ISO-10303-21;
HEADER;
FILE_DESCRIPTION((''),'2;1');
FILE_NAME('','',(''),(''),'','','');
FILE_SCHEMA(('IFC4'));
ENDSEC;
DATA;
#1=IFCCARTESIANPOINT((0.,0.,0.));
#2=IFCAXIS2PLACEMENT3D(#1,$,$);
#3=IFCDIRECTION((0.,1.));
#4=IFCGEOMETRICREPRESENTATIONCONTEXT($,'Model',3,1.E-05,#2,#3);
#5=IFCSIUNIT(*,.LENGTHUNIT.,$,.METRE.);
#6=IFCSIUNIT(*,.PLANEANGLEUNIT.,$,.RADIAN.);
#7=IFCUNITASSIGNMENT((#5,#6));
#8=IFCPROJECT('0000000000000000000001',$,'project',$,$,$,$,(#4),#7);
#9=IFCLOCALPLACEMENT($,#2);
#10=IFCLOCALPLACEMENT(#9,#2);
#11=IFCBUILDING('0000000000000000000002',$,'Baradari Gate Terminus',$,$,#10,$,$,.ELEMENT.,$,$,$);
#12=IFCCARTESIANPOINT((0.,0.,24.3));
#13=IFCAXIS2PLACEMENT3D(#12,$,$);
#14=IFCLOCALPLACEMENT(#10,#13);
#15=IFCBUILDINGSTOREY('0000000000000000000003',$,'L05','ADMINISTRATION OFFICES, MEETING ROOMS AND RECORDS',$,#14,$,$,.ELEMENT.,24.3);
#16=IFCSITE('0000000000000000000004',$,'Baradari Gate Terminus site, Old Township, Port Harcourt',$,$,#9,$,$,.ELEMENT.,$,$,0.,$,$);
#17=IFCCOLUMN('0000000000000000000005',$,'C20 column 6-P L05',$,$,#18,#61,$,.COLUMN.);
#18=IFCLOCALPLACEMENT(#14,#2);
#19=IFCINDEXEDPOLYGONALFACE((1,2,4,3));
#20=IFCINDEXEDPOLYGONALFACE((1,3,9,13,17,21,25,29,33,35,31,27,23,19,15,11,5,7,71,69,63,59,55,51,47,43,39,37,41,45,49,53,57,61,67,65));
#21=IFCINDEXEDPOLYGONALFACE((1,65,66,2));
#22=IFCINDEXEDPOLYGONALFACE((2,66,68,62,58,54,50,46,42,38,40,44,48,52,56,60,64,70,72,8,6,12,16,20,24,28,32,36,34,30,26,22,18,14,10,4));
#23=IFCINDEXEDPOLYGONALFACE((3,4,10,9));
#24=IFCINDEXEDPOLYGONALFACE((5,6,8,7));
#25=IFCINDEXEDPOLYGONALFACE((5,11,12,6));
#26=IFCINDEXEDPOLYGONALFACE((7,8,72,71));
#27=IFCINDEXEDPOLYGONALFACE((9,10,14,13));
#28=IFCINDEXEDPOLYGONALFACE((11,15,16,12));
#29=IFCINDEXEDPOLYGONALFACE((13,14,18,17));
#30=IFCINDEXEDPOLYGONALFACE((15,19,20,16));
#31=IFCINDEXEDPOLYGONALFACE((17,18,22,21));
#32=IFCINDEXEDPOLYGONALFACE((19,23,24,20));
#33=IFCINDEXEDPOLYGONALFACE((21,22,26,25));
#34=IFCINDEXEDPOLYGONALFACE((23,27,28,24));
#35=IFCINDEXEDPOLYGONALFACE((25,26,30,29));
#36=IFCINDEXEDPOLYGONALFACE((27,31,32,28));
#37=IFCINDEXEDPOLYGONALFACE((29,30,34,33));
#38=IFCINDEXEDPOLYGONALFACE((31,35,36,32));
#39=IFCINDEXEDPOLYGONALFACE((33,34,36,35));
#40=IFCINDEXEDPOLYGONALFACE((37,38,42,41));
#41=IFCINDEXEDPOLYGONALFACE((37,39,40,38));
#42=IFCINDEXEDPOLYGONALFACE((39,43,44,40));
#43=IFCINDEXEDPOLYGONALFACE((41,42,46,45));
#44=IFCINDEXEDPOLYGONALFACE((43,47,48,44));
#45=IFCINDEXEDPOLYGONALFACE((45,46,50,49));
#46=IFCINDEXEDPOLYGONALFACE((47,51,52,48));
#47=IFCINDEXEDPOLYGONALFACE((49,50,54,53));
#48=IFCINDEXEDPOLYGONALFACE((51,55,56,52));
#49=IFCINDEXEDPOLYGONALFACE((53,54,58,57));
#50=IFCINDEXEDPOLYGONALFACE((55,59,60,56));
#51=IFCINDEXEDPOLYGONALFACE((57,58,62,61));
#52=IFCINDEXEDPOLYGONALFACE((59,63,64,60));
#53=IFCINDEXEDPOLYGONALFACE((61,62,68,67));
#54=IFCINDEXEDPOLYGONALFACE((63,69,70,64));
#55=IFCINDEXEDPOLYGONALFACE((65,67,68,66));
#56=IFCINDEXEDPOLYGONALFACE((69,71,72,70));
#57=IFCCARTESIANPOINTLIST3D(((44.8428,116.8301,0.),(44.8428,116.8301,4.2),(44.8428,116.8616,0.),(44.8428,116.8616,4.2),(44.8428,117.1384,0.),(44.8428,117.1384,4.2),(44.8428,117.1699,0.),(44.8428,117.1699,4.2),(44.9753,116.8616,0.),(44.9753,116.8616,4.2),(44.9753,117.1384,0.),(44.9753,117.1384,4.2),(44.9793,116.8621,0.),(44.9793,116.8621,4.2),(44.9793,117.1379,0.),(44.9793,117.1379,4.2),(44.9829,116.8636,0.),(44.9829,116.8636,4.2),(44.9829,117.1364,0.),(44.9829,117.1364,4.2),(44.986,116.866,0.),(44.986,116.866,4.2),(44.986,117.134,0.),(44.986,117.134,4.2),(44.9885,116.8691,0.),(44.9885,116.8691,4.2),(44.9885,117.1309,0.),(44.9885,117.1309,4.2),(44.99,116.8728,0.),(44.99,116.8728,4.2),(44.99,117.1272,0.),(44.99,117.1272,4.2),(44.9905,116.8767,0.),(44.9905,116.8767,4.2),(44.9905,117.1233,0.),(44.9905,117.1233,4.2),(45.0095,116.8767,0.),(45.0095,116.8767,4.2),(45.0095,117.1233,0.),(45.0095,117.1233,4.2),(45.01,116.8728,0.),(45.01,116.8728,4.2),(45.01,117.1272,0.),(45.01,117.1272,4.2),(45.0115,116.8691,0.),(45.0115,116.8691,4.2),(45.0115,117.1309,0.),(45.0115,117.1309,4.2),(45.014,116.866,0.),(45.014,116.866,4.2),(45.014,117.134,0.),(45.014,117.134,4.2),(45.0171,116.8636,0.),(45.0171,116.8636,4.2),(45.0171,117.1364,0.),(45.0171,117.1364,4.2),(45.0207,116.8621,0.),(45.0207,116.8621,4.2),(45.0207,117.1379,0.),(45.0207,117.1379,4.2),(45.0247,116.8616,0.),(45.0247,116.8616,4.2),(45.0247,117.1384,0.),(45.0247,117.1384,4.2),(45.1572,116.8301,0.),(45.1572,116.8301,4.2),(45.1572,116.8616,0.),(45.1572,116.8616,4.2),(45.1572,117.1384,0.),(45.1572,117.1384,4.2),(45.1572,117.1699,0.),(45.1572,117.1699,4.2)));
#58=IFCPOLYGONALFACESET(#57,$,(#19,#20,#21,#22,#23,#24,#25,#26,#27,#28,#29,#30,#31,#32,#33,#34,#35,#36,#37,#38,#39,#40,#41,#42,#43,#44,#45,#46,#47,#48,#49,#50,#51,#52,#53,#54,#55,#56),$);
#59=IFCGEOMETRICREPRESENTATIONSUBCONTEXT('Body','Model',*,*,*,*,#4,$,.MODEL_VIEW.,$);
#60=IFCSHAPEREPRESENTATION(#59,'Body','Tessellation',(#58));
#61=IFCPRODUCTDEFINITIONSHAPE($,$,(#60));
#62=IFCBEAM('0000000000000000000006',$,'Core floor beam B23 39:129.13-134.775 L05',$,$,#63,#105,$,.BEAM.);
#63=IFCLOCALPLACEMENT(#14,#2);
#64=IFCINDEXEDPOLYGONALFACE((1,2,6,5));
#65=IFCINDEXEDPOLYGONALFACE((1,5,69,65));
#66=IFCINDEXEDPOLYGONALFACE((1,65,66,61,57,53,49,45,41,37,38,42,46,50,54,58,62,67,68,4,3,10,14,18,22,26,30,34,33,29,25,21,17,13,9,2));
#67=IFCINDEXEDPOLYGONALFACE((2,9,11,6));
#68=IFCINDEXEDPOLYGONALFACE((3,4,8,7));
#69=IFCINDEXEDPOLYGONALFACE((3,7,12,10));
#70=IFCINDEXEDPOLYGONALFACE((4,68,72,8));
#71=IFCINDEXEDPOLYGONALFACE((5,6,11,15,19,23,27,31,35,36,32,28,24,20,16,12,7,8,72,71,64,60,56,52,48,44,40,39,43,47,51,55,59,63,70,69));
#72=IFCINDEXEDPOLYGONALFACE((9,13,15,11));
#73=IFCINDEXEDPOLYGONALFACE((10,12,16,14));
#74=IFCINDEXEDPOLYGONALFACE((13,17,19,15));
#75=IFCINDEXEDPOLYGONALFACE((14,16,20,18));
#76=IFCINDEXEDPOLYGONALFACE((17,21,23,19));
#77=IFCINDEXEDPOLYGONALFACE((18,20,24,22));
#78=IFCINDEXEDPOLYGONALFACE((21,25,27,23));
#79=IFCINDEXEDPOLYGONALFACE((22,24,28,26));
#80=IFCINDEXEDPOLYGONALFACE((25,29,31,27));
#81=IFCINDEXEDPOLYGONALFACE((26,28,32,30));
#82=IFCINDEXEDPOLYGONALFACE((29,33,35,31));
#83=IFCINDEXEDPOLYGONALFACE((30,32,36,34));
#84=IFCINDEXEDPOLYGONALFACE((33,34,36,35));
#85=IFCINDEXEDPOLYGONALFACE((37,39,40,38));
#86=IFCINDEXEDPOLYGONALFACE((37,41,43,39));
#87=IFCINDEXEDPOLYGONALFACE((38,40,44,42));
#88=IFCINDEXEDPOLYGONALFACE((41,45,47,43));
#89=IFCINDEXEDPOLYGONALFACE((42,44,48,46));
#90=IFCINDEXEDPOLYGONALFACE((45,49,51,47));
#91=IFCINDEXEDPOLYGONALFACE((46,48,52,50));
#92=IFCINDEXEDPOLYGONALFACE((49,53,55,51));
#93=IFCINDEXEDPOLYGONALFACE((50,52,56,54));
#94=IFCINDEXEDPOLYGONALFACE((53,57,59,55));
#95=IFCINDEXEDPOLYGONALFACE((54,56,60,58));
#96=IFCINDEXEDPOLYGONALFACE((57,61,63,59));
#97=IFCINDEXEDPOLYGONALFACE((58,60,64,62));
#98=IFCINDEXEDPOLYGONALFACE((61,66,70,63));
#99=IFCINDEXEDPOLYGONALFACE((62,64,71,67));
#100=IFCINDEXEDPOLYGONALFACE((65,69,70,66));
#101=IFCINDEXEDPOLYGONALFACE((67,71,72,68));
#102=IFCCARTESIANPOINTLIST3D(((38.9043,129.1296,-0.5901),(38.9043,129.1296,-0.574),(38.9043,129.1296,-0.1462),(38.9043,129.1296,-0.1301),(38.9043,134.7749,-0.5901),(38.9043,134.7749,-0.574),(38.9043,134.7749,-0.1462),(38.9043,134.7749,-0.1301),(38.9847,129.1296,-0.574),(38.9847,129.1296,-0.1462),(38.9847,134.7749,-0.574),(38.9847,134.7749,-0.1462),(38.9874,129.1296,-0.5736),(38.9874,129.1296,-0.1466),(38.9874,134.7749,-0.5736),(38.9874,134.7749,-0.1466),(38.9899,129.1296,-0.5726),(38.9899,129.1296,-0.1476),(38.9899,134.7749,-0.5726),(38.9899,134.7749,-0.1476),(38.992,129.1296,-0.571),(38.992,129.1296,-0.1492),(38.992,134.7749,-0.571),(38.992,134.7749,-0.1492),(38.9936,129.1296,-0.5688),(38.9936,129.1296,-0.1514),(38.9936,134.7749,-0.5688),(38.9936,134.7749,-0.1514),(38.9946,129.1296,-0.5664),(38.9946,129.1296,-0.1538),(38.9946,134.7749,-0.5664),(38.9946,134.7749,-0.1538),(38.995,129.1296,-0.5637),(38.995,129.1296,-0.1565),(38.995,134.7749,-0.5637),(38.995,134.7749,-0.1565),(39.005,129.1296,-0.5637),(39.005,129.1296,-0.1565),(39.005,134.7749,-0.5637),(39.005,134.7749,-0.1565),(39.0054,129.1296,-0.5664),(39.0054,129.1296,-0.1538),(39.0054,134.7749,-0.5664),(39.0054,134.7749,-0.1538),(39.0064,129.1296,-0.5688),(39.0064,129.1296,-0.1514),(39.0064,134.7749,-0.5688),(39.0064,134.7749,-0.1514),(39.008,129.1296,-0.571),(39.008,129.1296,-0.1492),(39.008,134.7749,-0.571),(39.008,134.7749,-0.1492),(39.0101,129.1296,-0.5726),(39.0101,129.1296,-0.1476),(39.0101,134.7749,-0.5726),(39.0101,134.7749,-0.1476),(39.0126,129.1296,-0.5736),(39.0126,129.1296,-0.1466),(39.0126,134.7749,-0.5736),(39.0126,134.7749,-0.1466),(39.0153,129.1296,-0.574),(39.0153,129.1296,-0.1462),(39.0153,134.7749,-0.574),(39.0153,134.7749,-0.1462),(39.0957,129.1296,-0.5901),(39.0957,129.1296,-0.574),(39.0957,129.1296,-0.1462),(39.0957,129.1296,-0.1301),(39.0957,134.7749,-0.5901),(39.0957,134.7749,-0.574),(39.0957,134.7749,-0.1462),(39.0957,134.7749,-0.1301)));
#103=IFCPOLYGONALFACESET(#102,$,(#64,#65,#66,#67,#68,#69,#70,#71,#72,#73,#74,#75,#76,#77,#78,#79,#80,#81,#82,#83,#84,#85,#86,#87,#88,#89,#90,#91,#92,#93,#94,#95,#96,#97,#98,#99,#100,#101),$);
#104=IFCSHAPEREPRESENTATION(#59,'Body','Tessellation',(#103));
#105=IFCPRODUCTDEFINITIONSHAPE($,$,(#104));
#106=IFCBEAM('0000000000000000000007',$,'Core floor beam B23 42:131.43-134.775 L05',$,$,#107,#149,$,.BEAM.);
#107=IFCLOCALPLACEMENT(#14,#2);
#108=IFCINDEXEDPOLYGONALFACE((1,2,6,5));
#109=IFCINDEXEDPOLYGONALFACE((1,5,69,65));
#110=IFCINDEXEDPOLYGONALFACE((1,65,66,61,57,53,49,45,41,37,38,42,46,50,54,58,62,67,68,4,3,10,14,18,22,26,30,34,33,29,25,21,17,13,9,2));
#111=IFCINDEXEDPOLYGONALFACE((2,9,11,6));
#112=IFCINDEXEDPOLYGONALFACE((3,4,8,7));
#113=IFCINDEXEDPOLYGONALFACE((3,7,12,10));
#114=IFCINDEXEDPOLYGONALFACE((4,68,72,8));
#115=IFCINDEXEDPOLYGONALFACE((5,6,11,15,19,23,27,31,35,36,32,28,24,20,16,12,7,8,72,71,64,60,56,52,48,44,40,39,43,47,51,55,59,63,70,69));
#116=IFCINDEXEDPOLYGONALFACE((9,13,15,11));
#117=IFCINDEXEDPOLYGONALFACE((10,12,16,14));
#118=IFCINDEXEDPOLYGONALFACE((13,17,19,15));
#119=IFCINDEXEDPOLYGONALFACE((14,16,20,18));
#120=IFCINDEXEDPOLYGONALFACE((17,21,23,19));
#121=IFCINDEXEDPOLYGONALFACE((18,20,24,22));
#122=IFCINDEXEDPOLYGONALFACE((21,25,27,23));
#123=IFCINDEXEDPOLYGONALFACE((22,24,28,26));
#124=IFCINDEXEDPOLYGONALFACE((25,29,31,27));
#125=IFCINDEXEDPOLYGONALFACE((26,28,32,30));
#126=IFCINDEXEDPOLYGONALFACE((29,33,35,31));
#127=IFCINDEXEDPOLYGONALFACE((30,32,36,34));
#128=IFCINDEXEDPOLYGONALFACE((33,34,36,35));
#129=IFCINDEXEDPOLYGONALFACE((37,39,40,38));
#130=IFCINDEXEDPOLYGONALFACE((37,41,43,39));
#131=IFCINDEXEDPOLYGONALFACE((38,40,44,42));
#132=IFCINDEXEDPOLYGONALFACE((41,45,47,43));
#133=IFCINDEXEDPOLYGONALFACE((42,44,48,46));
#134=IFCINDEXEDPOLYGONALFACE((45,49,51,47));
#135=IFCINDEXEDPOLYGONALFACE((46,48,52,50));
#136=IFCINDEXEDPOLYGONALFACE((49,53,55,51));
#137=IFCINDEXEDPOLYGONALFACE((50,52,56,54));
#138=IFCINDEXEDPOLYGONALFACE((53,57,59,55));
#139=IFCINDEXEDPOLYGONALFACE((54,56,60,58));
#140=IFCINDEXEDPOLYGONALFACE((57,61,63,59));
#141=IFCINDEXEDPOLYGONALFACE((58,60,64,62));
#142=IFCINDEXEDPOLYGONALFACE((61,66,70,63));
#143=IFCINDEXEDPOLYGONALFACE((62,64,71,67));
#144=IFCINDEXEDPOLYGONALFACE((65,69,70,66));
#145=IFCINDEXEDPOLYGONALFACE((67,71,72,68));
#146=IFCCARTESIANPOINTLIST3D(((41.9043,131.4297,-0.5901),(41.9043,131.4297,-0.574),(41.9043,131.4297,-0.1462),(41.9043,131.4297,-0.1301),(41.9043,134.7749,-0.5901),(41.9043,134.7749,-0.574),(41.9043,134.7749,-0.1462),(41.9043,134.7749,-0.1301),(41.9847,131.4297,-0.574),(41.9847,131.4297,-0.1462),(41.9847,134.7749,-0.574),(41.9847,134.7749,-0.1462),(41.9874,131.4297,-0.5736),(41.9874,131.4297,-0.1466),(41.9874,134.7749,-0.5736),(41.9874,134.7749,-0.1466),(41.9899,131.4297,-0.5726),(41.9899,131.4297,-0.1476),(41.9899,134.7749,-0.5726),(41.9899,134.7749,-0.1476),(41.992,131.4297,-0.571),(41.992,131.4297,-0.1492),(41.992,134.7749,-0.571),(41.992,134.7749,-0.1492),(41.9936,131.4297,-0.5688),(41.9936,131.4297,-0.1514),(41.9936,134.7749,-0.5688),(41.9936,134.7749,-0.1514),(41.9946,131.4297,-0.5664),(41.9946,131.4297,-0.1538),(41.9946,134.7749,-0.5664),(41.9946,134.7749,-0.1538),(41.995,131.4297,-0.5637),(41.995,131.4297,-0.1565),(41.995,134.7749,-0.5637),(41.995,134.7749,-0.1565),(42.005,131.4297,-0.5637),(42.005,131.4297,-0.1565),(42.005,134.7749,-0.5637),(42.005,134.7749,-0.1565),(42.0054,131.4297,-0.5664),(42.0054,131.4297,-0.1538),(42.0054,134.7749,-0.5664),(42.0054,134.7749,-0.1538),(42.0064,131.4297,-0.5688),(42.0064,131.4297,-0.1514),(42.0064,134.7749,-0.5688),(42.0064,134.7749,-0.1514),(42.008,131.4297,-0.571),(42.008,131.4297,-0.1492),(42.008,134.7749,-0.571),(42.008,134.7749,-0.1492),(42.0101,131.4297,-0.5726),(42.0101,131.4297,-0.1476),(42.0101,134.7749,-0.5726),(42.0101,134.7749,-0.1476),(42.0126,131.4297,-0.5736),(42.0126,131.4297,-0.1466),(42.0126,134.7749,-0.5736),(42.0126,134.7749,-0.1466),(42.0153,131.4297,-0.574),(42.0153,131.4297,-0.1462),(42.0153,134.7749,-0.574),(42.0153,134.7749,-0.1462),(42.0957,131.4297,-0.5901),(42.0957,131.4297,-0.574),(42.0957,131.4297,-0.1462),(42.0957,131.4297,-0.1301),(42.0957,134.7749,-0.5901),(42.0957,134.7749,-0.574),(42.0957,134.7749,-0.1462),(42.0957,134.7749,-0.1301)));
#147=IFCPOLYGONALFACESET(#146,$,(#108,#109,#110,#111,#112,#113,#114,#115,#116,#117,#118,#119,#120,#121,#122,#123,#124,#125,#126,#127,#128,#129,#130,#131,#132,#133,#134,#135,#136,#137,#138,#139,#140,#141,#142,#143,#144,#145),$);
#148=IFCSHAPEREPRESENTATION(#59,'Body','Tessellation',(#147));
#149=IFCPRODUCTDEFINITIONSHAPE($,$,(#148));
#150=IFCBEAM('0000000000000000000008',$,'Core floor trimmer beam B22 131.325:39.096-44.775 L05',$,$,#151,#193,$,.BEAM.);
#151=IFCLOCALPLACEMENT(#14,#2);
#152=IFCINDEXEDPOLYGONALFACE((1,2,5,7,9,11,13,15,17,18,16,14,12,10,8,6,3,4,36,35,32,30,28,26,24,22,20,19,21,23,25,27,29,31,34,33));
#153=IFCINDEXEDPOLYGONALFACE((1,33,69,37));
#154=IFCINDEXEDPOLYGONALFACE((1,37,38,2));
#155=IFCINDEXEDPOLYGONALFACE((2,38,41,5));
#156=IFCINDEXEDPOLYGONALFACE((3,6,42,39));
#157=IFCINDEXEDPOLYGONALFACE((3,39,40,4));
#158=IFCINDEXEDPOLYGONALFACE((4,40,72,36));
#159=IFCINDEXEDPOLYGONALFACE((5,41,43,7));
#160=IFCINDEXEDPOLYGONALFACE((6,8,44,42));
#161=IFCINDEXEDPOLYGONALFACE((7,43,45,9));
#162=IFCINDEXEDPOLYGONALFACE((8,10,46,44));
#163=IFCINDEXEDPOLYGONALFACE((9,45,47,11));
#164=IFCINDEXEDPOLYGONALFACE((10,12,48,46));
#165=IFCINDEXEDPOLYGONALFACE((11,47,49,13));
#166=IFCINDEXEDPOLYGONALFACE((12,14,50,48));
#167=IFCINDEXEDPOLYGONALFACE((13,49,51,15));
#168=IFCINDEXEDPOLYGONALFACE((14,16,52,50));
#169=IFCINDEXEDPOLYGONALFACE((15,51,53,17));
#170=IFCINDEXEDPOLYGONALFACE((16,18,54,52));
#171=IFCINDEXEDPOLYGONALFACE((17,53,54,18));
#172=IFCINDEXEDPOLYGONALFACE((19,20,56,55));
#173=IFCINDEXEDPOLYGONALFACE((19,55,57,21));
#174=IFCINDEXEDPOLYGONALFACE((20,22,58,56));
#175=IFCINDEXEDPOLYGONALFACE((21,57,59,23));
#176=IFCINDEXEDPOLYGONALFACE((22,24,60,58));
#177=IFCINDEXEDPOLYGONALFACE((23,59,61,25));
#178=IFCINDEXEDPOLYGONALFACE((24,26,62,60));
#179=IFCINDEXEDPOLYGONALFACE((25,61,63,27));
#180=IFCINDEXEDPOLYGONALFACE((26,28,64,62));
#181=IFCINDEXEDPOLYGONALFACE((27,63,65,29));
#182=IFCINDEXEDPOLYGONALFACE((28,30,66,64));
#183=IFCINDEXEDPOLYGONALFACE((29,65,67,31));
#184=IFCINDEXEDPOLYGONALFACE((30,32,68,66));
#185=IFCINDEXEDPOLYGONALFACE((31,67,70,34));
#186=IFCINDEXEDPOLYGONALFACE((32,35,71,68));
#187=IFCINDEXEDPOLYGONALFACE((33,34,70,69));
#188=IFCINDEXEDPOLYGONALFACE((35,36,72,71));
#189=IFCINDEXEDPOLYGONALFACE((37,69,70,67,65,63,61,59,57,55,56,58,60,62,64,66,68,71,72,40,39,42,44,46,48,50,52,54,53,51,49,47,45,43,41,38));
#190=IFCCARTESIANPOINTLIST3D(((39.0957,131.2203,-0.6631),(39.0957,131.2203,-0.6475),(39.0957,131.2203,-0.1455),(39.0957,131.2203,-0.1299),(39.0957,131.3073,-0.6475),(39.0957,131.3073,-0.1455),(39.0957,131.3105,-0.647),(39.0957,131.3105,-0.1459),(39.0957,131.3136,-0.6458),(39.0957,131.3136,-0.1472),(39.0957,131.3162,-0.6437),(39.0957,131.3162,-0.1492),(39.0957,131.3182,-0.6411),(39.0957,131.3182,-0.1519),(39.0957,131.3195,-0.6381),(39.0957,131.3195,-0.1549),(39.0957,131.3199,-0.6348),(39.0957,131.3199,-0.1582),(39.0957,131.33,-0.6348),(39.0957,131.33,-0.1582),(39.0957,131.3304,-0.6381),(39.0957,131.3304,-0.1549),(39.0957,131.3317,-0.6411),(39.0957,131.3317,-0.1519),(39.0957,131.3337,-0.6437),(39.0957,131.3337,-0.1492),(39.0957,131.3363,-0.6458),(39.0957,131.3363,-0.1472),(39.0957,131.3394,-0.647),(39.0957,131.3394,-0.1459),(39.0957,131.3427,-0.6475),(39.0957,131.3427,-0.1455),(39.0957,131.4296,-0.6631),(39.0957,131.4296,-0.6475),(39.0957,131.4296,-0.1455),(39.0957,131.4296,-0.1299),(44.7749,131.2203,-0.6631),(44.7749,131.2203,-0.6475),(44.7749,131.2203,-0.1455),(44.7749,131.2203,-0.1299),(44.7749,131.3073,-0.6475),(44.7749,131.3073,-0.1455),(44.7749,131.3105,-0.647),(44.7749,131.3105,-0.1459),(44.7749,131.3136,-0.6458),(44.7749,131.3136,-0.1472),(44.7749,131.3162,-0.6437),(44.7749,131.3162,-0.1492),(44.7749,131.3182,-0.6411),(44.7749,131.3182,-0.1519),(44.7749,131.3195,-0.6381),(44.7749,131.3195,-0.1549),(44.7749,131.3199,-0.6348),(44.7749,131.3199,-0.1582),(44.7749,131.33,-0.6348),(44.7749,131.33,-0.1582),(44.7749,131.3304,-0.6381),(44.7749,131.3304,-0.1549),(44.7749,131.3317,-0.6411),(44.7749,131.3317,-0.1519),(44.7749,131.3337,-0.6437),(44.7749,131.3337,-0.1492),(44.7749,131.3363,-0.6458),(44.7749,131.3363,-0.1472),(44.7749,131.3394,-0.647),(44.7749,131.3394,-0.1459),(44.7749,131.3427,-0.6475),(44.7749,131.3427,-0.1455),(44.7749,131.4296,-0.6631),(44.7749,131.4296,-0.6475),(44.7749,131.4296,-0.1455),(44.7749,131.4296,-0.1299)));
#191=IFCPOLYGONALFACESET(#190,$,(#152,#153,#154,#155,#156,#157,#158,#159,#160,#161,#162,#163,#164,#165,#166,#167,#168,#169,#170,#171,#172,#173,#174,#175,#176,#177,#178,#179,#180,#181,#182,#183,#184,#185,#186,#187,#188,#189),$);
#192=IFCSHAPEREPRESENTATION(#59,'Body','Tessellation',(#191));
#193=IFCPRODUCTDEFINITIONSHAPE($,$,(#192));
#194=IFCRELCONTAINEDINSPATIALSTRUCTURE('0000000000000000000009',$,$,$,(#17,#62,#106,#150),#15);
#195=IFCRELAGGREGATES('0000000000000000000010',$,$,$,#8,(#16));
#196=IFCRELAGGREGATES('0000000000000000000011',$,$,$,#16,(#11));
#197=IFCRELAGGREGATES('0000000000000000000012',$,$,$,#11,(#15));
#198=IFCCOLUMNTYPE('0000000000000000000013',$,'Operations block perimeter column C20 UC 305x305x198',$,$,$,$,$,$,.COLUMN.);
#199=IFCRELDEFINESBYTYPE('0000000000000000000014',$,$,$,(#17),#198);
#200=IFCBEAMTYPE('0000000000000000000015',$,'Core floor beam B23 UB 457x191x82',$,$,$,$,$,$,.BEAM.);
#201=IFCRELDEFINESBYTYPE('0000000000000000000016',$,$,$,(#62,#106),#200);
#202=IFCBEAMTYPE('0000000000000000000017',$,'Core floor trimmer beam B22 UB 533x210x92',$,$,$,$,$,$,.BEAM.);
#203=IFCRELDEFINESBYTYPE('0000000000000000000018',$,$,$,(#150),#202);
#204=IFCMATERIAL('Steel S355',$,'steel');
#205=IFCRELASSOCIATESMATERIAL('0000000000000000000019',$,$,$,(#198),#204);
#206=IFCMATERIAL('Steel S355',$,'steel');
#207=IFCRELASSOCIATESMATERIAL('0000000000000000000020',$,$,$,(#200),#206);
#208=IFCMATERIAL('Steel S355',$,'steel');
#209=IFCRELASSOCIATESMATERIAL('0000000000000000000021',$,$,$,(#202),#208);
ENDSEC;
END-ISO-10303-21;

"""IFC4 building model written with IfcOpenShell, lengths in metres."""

from ifc_helpers import new_model, si_unit, direction, frame, origin, origin_2d, place, context, subcontext, project, spatial, i_section, extrude, material, material_profile, profile_set, type_object, element, save


model = new_model("IFC4")

# Units and contexts
model_context = context("Model", 3, precision=1e-05, world=origin(), true_north=direction((0.0, 1.0)))
body_context = subcontext(model_context, "Body", "Model", "MODEL_VIEW")
ifc_project = project(units=[si_unit("LENGTHUNIT", "METRE"), si_unit("PLANEANGLEUNIT", "RADIAN")], contexts=[model_context])

# Site, building, storey
site_placement = place(None, origin())
site = spatial("IfcSite", under=ifc_project, at=site_placement, Name="Baradari Gate Terminus site, Old Township, Port Harcourt", CompositionType="ELEMENT", RefElevation=0.0)
building_placement = place(site_placement, origin())
building = spatial("IfcBuilding", under=site, at=building_placement, Name="Baradari Gate Terminus", CompositionType="ELEMENT")
storey_placement = place(building_placement, frame((0.0, 0.0, 24.3)))
storey = spatial("IfcBuildingStorey", under=building, at=storey_placement, Name="L05", Description="ADMINISTRATION OFFICES, MEETING ROOMS AND RECORDS", CompositionType="ELEMENT", Elevation=24.3)

# Column
ifc_material_1 = material(Name="Steel S355", Category="steel")
ifc_material_profile_1 = material_profile(ifc_material_1, i_section(OverallWidth=0.3145, OverallDepth=0.3398, WebThickness=0.019, FlangeThickness=0.0315, FilletRadius=0.0151, at=origin_2d()), Name="UC 305x305x198")
ifc_profile_set_1 = profile_set([ifc_material_profile_1], Name="Steel S355")
column_type = type_object("IfcColumnType", Name="Operations block perimeter column C20 UC 305x305x198", PredefinedType="COLUMN", material=ifc_profile_set_1)
column_placement = place(storey_placement, frame((45.0, 117.0, 0.0), z_axis=(0.0, 0.0, 1.0), x_axis=(1.0, 0.0, 0.0)))
element("IfcColumn", 1, at=column_placement, inside=storey, type_object=column_type, Name="C20 column 6-P L05", PredefinedType="COLUMN", context=body_context, shape_type="SweptSolid", body=[
    extrude(i_section(OverallWidth=0.3145, OverallDepth=0.3398, WebThickness=0.019, FlangeThickness=0.0315, FilletRadius=0.0151, at=origin_2d()), origin(), (0.0, 0.0, 1.0), 4.2),
])

# Beams
ifc_material_2 = material(Name="Steel S355", Category="steel")
ifc_material_profile_2 = material_profile(ifc_material_2, i_section(OverallWidth=0.1914, OverallDepth=0.46, WebThickness=0.01, FlangeThickness=0.0161, FilletRadius=0.0103, at=origin_2d()), Name="UB 457x191x82")
ifc_profile_set_2 = profile_set([ifc_material_profile_2], Name="Steel S355")
beam_type_1 = type_object("IfcBeamType", Name="Core floor beam B23 UB 457x191x82", PredefinedType="BEAM", material=ifc_profile_set_2)
beam_1_placement = place(storey_placement, frame((39.0, 129.1296, -0.3601), z_axis=(0.0, 1.0, 0.0), x_axis=(-1.0, 0.0, 0.0)))
element("IfcBeam", 2, at=beam_1_placement, inside=storey, type_object=beam_type_1, Name="Core floor beam B23 39:129.13-134.775 L05", PredefinedType="BEAM", context=body_context, shape_type="SweptSolid", body=[
    extrude(i_section(OverallWidth=0.1914, OverallDepth=0.46, WebThickness=0.01, FlangeThickness=0.0161, FilletRadius=0.0103, at=origin_2d()), origin(), (0.0, 0.0, 1.0), 5.6453),
])
beam_2_placement = place(storey_placement, frame((42.0, 131.4297, -0.3601), z_axis=(0.0, 1.0, 0.0), x_axis=(-1.0, 0.0, 0.0)))
element("IfcBeam", 3, at=beam_2_placement, inside=storey, type_object=beam_type_1, Name="Core floor beam B23 42:131.43-134.775 L05", PredefinedType="BEAM", context=body_context, shape_type="SweptSolid", body=[
    extrude(i_section(OverallWidth=0.1914, OverallDepth=0.46, WebThickness=0.01, FlangeThickness=0.0161, FilletRadius=0.0103, at=origin_2d()), origin(), (0.0, 0.0, 1.0), 3.3452),
])
ifc_material_3 = material(Name="Steel S355", Category="steel")
ifc_material_profile_3 = material_profile(ifc_material_3, i_section(OverallWidth=0.2092, OverallDepth=0.5332, WebThickness=0.01, FlangeThickness=0.0156, FilletRadius=0.0127, at=origin_2d()), Name="UB 533x210x92")
ifc_profile_set_3 = profile_set([ifc_material_profile_3], Name="Steel S355")
beam_type_2 = type_object("IfcBeamType", Name="Core floor trimmer beam B22 UB 533x210x92", PredefinedType="BEAM", material=ifc_profile_set_3)
beam_3_placement = place(storey_placement, frame((39.0957, 131.325, -0.3965), z_axis=(1.0, 0.0, 0.0), x_axis=(0.0, 1.0, 0.0)))
element("IfcBeam", 4, at=beam_3_placement, inside=storey, type_object=beam_type_2, Name="Core floor trimmer beam B22 131.325:39.096-44.775 L05", PredefinedType="BEAM", context=body_context, shape_type="SweptSolid", body=[
    extrude(i_section(OverallWidth=0.2092, OverallDepth=0.5332, WebThickness=0.01, FlangeThickness=0.0156, FilletRadius=0.0127, at=origin_2d()), origin(), (0.0, 0.0, 1.0), 5.6792),
])

save(model, "model.ifc")
